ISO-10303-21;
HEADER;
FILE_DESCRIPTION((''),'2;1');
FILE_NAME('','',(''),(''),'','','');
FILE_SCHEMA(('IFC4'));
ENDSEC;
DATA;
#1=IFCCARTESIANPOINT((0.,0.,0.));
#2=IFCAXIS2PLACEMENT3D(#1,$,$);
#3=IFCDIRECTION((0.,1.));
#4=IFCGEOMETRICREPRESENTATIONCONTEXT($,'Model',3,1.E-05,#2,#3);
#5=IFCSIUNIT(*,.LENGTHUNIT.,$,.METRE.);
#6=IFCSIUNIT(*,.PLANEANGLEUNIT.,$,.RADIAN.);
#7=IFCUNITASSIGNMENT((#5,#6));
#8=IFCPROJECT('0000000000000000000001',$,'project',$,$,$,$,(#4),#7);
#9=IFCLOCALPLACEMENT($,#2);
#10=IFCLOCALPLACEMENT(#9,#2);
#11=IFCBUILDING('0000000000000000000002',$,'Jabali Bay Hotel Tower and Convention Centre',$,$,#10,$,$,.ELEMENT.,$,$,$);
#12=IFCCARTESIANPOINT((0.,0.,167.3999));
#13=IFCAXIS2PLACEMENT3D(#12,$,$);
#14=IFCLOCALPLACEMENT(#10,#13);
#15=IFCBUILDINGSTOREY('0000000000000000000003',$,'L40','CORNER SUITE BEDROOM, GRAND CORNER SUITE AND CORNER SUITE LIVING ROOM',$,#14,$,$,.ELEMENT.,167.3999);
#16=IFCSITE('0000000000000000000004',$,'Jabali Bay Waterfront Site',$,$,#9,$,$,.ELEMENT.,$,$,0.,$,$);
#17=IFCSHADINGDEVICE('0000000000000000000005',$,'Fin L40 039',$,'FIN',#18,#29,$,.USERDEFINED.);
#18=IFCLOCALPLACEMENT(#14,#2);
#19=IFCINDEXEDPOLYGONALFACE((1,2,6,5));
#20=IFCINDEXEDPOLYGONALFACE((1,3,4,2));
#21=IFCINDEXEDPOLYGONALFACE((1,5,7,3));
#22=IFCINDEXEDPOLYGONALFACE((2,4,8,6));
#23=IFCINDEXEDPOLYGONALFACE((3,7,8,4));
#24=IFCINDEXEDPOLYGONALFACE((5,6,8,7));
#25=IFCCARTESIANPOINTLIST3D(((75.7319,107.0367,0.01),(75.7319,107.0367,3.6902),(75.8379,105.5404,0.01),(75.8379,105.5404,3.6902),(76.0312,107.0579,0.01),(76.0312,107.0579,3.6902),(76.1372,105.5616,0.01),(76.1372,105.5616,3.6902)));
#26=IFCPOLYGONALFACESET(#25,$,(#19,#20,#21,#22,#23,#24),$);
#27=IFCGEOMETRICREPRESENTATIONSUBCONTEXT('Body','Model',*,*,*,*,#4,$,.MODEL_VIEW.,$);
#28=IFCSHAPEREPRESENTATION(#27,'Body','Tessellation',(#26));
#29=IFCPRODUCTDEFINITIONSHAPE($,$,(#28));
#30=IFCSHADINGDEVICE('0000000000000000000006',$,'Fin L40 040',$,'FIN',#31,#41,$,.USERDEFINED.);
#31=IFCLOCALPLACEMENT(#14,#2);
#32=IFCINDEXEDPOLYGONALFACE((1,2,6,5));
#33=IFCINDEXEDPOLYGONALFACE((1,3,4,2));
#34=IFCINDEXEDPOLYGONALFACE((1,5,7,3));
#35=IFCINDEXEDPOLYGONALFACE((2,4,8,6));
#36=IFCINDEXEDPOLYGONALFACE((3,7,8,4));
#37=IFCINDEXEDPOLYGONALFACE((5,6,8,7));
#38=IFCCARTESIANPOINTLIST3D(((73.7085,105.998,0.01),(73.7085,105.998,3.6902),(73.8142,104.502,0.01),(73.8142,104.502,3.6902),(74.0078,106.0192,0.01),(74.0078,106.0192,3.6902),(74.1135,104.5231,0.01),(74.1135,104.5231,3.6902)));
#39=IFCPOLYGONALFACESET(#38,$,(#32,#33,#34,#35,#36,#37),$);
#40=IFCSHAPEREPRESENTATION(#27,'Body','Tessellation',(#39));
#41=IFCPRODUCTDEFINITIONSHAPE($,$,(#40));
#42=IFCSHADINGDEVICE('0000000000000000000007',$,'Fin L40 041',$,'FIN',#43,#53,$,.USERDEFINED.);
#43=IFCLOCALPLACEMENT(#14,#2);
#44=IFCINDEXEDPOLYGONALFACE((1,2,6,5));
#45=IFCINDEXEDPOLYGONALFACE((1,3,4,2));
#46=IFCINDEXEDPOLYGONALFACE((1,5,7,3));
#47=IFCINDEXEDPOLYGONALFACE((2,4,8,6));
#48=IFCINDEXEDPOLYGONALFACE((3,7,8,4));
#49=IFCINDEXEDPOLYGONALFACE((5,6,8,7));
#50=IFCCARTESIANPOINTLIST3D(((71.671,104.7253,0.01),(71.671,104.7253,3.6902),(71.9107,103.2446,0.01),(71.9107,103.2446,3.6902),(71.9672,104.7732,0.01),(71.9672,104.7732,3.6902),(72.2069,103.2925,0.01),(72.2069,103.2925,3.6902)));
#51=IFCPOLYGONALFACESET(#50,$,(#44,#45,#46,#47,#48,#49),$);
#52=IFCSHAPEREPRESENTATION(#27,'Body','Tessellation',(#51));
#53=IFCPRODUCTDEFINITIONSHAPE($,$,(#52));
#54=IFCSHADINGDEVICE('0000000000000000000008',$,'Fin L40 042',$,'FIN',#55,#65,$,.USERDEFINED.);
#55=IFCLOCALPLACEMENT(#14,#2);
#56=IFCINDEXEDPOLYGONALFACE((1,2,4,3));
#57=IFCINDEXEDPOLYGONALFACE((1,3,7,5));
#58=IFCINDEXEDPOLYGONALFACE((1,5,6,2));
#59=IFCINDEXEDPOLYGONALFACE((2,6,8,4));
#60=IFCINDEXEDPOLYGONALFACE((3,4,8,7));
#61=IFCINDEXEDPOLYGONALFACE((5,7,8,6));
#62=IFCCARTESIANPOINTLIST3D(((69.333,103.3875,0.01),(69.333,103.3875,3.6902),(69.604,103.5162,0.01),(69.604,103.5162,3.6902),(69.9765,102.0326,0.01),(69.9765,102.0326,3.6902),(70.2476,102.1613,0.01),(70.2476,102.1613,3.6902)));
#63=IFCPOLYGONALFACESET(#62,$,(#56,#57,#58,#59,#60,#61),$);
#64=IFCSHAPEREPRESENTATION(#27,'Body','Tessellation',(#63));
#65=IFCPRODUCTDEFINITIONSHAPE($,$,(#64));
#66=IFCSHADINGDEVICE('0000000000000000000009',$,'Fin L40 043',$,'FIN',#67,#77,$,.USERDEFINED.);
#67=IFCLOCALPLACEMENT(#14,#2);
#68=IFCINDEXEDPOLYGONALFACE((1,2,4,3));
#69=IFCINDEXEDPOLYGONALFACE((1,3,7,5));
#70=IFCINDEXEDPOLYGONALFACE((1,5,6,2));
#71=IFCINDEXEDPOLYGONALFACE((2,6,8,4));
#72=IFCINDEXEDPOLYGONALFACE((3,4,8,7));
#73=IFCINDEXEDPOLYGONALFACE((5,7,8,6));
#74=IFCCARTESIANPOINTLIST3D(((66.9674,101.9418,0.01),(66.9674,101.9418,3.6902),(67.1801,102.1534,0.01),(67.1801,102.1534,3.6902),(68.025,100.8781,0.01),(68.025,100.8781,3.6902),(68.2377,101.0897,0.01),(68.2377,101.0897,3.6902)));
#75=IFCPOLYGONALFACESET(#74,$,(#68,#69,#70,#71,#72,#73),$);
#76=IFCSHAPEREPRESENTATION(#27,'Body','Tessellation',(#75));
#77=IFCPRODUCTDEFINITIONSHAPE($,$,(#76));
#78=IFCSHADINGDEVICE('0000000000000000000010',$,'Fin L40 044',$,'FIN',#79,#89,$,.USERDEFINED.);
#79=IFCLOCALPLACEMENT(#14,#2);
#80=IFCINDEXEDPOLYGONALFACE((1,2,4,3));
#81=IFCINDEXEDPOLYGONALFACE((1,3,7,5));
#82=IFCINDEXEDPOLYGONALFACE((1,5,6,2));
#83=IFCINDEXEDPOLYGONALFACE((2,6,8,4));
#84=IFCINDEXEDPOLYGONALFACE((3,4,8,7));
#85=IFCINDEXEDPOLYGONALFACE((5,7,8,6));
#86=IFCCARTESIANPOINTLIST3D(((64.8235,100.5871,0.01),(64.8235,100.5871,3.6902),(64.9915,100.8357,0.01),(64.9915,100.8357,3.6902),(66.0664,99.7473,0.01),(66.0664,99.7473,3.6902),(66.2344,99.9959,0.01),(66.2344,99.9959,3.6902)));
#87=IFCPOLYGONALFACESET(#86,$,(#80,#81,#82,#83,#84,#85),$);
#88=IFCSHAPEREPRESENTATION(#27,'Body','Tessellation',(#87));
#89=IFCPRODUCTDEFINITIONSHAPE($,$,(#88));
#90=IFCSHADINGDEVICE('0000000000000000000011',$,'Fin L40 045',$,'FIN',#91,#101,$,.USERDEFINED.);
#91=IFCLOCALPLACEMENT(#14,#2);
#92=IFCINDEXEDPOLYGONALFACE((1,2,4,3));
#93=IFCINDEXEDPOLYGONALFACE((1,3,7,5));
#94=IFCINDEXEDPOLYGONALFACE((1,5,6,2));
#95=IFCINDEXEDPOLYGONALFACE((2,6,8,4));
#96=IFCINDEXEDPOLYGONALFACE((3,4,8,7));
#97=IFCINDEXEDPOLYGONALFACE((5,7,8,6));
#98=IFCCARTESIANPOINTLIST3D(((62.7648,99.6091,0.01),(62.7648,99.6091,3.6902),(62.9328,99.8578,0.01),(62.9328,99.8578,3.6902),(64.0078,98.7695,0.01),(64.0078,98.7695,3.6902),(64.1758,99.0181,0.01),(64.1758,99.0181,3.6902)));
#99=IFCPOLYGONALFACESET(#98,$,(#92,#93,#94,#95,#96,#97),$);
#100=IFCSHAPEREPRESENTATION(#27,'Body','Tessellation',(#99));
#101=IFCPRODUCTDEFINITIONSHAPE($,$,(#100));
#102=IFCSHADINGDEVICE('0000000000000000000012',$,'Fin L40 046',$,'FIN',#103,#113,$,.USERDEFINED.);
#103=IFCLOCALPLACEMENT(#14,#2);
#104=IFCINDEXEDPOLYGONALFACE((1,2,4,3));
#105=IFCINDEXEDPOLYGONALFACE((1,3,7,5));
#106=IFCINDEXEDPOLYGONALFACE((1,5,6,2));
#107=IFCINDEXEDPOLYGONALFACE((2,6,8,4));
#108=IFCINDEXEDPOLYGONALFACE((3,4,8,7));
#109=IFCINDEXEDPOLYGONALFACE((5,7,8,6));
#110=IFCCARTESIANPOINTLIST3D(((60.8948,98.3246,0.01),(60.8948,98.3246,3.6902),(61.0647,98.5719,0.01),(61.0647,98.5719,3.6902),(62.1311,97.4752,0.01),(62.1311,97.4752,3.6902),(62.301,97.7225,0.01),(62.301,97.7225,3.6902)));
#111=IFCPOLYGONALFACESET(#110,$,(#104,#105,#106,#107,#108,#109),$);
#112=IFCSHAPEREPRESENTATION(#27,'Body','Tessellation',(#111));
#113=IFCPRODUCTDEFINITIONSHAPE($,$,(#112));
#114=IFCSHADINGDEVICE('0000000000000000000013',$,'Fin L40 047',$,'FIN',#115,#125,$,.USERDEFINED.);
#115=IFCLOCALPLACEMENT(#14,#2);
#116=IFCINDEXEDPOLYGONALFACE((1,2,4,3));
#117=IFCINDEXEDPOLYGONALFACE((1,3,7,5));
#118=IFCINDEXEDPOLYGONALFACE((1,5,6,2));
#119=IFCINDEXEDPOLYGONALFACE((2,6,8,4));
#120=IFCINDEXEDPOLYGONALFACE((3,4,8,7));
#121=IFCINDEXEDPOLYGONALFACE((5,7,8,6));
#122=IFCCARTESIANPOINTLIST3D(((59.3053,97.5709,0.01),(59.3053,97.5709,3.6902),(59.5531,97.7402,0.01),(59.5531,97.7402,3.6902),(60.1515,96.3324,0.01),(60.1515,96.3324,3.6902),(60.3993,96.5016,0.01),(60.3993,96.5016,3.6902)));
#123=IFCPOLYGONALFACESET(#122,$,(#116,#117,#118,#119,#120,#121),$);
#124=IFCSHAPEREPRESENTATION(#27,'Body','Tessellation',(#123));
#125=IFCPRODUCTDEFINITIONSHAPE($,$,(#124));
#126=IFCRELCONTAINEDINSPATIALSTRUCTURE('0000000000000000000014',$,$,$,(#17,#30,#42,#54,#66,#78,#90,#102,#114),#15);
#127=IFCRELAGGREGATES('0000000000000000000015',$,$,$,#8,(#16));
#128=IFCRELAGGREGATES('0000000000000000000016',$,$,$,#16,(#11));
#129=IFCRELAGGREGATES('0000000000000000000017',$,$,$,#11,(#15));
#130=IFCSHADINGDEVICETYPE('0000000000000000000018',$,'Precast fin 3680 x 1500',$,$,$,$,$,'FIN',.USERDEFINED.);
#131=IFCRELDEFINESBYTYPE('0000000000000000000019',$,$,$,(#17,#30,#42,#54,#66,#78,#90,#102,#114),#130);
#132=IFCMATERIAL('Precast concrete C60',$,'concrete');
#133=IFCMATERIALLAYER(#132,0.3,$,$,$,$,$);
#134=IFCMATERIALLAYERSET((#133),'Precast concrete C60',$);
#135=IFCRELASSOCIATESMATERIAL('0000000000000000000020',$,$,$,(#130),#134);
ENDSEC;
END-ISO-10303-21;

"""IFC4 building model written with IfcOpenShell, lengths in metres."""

from ifc_helpers import new_model, si_unit, direction, frame, frame_2d, origin, place, context, subcontext, project, spatial, rectangle, extrude, material, layer, layer_set, type_object, element, save


model = new_model("IFC4")

# Units and contexts
model_context = context("Model", 3, precision=1e-05, world=origin(), true_north=direction((0.0, 1.0)))
body_context = subcontext(model_context, "Body", "Model", "MODEL_VIEW")
ifc_project = project(units=[si_unit("LENGTHUNIT", "METRE"), si_unit("PLANEANGLEUNIT", "RADIAN")], contexts=[model_context])

# Site, building, storey
site_placement = place(None, origin())
site = spatial("IfcSite", under=ifc_project, at=site_placement, Name="Jabali Bay Waterfront Site", CompositionType="ELEMENT", RefElevation=0.0)
building_placement = place(site_placement, origin())
building = spatial("IfcBuilding", under=site, at=building_placement, Name="Jabali Bay Hotel Tower and Convention Centre", CompositionType="ELEMENT")
storey_placement = place(building_placement, frame((0.0, 0.0, 167.3999)))
storey = spatial("IfcBuildingStorey", under=building, at=storey_placement, Name="L40", Description="CORNER SUITE BEDROOM, GRAND CORNER SUITE AND CORNER SUITE LIVING ROOM", CompositionType="ELEMENT", Elevation=167.3999)

# Shading devices
ifc_material_1 = material(Name="Precast concrete C60", Category="concrete")
ifc_layer_1 = layer(ifc_material_1, 0.3)
ifc_layer_set_1 = layer_set([ifc_layer_1], Name="Precast concrete C60")
shading_device_type = type_object("IfcShadingDeviceType", Name="Precast fin 3680 x 1500", ElementType="FIN", PredefinedType="USERDEFINED", material=ifc_layer_set_1)
for number, where, z_axis, x_axis, name in (
    (1, (75.9875, 105.551, 0.01), (0.0, 0.0, 1.0), (-0.070634, 0.997502, 0.0), "Fin L40 039"),
):
    element("IfcShadingDevice", number, at=place(storey_placement, frame(where, z_axis=z_axis, x_axis=x_axis)), inside=storey, type_object=shading_device_type, Name=name, ObjectType="FIN", PredefinedType="USERDEFINED", context=body_context, shape_type="SweptSolid", body=[
        extrude(rectangle(XDim=1.5, YDim=0.3, at=frame_2d((0.75, 0.0))), origin(), (0.0, 0.0, 1.0), 3.6802),
    ])
shading_device_placement = place(storey_placement, frame((73.9639, 104.5125, 0.01), z_axis=(0.0, 0.0, 1.0), x_axis=(-0.070484, 0.997513, 0.0)))
element("IfcShadingDevice", 2, at=shading_device_placement, inside=storey, type_object=shading_device_type, Name="Fin L40 040", ObjectType="FIN", PredefinedType="USERDEFINED", context=body_context, shape_type="SweptSolid", body=[
    extrude(rectangle(XDim=1.4998, YDim=0.3, at=frame_2d((0.75, 0.0))), origin(), (0.0, 0.0, 1.0), 3.6802),
])
for number, where, z_axis, x_axis, name in (
    (3, (72.0588, 103.2686, 0.01), (0.0, 0.0, 1.0), (-0.159831, 0.987144, 0.0), "Fin L40 041"),
    (4, (70.1121, 102.0969, 0.01), (0.0, 0.0, 1.0), (-0.429024, 0.903293, 0.0), "Fin L40 042"),
    (5, (68.1313, 100.9839, 0.01), (0.0, 0.0, 1.0), (-0.705069, 0.709138, 0.0), "Fin L40 043"),
    (6, (66.1504, 99.8716, 0.01), (0.0, 0.0, 1.0), (-0.828579, 0.559873, 0.0), "Fin L40 044"),
    (7, (64.0918, 98.8938, 0.01), (0.0, 0.0, 1.0), (-0.828654, 0.559761, 0.0), "Fin L40 045"),
    (8, (62.2161, 97.5989, 0.01), (0.0, 0.0, 1.0), (-0.824232, 0.566252, 0.0), "Fin L40 046"),
    (9, (60.2754, 96.417, 0.01), (0.0, 0.0, 1.0), (-0.564129, 0.825686, 0.0), "Fin L40 047"),
):
    element("IfcShadingDevice", number, at=place(storey_placement, frame(where, z_axis=z_axis, x_axis=x_axis)), inside=storey, type_object=shading_device_type, Name=name, ObjectType="FIN", PredefinedType="USERDEFINED", context=body_context, shape_type="SweptSolid", body=[
        extrude(rectangle(XDim=1.5, YDim=0.3, at=frame_2d((0.75, 0.0))), origin(), (0.0, 0.0, 1.0), 3.6802),
    ])

save(model, "model.ifc")
